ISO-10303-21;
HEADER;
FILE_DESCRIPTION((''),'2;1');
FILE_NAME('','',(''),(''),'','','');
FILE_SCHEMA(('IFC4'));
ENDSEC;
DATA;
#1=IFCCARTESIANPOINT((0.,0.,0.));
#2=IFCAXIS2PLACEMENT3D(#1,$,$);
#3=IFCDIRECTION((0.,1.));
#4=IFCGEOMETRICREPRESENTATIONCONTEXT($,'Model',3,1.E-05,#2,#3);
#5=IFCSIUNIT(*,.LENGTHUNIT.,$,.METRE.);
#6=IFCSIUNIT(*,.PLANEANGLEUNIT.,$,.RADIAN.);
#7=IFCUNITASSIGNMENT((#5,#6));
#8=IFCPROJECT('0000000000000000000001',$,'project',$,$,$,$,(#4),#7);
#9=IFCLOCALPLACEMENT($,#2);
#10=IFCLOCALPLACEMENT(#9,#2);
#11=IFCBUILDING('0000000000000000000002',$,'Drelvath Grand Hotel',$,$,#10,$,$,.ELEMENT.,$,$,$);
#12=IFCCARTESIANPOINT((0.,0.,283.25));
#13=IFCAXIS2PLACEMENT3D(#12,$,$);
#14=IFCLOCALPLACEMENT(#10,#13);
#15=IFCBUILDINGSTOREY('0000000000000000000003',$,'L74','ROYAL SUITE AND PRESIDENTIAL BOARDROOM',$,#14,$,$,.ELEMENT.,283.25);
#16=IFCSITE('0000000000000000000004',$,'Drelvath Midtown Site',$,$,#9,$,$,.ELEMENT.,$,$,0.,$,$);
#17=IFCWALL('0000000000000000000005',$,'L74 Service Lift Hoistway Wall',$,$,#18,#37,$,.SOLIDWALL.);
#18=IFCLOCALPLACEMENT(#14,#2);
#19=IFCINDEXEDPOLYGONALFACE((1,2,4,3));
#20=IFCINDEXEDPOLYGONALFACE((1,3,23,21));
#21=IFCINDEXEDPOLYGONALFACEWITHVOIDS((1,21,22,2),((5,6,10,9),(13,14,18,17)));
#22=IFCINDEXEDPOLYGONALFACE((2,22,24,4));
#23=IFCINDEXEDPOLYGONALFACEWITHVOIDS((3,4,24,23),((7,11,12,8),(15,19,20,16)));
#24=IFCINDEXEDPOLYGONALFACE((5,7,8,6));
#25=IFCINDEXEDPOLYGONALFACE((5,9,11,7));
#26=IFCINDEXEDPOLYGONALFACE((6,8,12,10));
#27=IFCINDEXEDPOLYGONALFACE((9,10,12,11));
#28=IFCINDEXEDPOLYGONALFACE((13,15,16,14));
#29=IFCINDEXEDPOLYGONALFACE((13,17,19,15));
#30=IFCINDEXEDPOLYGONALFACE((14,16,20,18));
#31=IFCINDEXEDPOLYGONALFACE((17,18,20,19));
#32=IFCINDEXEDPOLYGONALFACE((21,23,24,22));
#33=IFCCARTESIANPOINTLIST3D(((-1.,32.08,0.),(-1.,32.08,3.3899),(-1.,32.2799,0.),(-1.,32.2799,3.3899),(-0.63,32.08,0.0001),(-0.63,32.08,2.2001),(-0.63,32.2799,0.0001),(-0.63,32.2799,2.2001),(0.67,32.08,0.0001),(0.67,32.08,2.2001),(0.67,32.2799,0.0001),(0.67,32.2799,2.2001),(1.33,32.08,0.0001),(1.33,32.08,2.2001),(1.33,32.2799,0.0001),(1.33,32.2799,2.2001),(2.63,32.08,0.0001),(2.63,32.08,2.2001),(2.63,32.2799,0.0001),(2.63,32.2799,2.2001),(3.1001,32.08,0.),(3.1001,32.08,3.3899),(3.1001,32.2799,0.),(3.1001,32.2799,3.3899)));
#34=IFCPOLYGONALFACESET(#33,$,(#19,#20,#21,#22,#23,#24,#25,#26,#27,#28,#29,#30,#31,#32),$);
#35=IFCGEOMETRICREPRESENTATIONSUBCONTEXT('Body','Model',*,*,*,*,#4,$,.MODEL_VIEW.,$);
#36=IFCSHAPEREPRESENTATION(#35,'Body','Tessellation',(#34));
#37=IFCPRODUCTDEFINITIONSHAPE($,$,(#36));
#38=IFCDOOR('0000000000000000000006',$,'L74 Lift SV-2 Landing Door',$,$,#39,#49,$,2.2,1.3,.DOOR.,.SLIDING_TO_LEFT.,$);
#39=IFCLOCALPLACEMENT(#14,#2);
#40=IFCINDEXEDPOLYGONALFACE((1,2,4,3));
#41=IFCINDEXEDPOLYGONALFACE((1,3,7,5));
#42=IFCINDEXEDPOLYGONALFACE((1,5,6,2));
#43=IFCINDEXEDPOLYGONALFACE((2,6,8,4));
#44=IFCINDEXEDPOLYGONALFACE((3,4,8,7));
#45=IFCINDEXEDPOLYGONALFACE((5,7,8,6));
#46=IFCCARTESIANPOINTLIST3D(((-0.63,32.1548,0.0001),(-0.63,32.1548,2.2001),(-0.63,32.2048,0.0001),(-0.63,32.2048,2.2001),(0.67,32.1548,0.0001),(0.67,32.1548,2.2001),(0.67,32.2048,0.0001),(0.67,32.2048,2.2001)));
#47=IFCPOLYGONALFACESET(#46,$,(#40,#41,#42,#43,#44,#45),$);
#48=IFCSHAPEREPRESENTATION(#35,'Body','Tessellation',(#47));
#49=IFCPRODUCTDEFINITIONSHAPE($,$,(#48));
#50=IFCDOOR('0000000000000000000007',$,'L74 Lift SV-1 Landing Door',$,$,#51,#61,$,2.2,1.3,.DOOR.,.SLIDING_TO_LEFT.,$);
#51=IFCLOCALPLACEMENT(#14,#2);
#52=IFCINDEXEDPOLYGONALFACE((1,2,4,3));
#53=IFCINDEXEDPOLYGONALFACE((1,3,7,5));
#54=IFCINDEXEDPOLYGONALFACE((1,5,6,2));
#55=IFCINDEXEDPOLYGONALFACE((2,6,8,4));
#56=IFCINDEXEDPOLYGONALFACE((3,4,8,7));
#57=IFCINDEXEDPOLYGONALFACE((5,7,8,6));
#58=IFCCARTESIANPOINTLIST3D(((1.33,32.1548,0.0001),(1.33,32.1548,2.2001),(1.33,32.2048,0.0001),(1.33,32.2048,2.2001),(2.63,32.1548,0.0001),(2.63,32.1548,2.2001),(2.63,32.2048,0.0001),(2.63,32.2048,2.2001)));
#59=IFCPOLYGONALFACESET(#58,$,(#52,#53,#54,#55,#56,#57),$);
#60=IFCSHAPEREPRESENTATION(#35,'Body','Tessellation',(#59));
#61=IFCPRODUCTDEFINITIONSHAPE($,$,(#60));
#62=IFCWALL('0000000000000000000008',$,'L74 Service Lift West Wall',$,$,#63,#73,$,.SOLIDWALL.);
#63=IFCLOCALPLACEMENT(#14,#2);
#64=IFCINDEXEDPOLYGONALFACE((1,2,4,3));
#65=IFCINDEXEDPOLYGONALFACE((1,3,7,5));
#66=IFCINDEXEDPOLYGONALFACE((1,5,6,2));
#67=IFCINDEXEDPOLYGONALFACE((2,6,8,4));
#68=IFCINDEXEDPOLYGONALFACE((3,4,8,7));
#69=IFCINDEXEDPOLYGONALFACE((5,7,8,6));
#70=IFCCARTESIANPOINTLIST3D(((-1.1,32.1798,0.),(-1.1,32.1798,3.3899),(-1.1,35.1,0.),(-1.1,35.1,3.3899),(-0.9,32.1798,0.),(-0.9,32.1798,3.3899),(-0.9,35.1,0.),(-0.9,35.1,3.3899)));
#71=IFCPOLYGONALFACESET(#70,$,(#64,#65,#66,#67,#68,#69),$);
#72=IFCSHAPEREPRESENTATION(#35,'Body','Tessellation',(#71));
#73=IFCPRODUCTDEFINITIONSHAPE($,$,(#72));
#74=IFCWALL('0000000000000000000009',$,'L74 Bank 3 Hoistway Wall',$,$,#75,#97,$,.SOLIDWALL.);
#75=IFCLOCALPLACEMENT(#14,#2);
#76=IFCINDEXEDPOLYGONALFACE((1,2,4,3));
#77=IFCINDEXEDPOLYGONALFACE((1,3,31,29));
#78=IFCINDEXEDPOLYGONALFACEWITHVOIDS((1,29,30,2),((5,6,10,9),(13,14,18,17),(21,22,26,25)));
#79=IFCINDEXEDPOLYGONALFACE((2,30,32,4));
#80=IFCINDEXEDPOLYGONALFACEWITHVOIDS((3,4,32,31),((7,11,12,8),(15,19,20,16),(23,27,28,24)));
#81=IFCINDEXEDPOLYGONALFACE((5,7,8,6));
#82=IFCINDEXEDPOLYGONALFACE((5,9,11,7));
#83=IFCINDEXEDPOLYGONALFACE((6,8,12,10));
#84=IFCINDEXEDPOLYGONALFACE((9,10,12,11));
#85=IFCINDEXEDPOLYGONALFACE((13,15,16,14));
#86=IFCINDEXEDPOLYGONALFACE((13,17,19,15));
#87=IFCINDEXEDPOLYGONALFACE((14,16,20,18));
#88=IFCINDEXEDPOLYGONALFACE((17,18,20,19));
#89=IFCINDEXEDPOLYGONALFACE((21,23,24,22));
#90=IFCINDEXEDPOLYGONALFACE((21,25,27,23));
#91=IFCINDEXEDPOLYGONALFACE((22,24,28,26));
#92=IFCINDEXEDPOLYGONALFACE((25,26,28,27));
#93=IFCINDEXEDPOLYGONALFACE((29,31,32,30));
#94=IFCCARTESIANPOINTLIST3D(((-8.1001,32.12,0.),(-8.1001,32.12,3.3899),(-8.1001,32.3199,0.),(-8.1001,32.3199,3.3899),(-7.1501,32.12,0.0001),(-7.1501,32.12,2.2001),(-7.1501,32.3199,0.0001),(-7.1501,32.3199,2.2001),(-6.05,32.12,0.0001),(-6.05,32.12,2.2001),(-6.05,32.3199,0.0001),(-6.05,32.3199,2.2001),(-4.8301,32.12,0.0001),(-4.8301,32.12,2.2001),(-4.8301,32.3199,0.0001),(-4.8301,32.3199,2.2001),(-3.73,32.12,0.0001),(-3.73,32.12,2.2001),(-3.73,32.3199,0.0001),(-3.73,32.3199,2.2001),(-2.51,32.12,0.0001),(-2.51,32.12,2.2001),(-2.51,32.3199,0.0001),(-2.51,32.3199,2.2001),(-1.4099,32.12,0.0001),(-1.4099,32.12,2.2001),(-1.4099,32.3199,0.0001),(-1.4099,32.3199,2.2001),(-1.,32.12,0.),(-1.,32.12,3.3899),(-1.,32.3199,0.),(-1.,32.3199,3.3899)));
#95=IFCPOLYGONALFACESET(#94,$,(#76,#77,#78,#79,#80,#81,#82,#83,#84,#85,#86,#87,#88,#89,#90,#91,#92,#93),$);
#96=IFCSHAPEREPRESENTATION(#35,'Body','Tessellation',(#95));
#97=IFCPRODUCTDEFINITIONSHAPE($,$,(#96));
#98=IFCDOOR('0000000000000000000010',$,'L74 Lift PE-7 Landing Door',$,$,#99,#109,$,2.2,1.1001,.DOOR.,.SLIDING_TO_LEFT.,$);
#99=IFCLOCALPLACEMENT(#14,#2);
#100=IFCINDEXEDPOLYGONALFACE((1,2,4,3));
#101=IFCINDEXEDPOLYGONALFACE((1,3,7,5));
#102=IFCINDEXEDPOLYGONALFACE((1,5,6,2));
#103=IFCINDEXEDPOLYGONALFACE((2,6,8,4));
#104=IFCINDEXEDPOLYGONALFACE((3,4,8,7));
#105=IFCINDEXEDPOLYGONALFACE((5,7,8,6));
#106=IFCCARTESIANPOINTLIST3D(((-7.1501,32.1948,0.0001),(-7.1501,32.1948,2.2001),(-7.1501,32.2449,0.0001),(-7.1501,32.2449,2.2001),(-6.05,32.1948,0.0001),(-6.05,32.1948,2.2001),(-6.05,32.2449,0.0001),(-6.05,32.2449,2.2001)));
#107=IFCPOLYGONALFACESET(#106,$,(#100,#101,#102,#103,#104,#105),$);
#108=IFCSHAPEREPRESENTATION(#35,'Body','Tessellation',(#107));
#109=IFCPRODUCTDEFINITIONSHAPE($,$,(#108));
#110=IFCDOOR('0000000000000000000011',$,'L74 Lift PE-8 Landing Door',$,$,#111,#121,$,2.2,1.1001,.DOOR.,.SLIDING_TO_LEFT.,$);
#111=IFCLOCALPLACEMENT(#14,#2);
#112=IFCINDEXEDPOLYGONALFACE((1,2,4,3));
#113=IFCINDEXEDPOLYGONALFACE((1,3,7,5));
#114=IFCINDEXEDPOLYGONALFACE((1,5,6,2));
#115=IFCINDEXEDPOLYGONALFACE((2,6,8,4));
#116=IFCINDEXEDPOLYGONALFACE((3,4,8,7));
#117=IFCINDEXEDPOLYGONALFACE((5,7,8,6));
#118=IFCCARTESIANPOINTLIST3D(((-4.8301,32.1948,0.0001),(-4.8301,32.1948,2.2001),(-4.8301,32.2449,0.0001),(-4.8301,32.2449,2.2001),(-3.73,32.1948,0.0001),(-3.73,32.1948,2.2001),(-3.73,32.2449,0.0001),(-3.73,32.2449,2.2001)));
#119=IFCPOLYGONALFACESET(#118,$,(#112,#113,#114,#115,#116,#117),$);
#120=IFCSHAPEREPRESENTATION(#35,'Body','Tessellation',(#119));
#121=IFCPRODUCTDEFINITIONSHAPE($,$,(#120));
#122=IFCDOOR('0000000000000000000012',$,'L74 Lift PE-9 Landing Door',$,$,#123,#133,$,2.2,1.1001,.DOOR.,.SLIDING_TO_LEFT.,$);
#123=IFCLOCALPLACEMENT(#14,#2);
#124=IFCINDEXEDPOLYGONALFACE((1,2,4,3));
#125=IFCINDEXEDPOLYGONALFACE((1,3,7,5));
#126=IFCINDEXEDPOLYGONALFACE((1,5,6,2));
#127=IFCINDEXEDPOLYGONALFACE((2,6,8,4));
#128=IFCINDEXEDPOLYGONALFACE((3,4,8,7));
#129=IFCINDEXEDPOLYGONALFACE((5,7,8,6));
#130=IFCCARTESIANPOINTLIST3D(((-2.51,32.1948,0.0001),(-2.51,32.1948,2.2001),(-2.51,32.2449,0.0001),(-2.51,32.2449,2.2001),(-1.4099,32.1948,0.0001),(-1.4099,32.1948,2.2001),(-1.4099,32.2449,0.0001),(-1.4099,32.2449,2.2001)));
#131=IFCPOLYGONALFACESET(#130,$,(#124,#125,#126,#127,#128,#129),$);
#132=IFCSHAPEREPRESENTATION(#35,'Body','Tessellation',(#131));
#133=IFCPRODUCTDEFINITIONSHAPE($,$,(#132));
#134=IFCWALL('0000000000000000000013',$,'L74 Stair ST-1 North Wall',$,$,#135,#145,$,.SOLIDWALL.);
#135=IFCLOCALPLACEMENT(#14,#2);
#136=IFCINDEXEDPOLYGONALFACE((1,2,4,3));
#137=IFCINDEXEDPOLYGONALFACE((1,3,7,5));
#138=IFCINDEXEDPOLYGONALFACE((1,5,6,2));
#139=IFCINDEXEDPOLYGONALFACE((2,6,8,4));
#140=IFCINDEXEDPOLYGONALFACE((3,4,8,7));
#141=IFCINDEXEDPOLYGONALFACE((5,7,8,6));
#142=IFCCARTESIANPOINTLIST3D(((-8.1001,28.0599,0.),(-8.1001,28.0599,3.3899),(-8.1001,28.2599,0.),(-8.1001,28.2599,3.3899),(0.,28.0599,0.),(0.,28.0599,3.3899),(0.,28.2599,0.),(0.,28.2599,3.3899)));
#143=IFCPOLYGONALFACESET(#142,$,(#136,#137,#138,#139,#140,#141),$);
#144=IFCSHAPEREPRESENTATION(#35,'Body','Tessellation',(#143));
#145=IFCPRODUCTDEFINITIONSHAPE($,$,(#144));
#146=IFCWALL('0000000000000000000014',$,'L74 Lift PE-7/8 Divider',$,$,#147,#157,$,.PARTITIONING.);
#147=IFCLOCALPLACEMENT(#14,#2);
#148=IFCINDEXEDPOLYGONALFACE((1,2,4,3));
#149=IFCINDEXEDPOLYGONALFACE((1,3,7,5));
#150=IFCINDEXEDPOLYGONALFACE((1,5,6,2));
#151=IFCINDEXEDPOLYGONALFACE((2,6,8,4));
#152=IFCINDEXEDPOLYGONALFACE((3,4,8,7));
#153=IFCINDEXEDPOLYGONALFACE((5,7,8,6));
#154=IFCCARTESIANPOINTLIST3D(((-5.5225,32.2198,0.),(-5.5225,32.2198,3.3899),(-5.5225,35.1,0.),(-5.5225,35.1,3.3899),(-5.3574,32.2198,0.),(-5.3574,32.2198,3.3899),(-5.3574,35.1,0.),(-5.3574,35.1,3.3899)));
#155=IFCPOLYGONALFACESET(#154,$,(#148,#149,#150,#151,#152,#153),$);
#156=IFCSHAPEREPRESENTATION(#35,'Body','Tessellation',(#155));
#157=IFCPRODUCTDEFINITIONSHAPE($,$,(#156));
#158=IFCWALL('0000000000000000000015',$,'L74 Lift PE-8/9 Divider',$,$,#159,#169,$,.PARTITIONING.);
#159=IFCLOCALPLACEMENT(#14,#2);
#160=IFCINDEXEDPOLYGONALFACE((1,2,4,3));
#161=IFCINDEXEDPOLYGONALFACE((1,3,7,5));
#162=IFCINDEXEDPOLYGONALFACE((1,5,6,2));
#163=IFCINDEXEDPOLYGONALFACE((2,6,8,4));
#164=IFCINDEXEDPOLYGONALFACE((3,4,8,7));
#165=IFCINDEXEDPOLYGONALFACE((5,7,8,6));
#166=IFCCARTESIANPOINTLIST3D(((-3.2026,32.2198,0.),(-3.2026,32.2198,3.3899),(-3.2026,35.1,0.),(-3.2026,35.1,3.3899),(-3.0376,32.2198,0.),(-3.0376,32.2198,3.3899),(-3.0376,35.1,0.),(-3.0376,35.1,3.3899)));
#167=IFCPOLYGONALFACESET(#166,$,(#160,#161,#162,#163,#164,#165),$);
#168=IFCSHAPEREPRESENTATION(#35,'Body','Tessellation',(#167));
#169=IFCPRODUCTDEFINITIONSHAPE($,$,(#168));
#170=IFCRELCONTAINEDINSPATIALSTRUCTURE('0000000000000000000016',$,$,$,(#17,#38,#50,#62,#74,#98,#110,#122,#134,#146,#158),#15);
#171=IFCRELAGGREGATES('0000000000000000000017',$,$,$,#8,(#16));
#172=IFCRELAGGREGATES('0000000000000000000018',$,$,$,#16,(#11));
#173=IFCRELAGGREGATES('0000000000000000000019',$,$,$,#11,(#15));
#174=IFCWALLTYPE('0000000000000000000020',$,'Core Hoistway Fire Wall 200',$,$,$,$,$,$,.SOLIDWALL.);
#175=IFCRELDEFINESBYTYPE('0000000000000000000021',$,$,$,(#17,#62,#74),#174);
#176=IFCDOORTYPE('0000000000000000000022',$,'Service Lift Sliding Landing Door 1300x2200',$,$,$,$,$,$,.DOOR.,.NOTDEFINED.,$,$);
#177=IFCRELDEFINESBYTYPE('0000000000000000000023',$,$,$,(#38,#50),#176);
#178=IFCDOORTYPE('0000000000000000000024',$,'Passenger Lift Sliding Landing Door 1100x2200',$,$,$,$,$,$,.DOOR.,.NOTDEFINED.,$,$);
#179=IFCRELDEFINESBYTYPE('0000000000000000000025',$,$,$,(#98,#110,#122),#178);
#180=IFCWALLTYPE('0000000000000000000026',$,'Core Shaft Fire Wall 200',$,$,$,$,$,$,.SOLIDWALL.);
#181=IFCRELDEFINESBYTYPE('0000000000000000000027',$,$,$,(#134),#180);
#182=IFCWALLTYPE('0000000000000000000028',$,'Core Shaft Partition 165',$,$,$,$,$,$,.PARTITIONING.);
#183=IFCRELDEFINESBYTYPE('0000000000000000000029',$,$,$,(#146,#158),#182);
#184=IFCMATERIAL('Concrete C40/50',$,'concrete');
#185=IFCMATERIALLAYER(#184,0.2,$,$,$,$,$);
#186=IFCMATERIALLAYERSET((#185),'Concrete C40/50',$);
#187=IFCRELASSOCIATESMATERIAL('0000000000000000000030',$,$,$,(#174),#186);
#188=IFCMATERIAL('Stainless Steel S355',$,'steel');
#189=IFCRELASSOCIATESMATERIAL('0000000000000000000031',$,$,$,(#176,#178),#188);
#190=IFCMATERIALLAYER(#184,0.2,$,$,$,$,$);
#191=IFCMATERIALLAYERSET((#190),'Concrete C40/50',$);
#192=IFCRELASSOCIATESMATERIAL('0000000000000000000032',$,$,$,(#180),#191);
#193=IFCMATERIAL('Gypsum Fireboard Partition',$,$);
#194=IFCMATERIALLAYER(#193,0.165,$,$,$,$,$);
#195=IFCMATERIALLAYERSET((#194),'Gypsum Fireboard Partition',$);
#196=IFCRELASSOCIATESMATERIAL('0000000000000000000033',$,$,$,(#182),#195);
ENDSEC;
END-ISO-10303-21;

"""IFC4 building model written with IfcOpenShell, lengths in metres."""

from ifc_helpers import new_model, si_unit, direction, frame, frame_2d, origin, place, context, subcontext, project, spatial, rectangle, extrude, material, layer, layer_set, type_object, element, fill, save


model = new_model("IFC4")

# Units and contexts
model_context = context("Model", 3, precision=1e-05, world=origin(), true_north=direction((0.0, 1.0)))
body_context = subcontext(model_context, "Body", "Model", "MODEL_VIEW")
ifc_project = project(units=[si_unit("LENGTHUNIT", "METRE"), si_unit("PLANEANGLEUNIT", "RADIAN")], contexts=[model_context])

# Site, building, storey
site_placement = place(None, origin())
site = spatial("IfcSite", under=ifc_project, at=site_placement, Name="Drelvath Midtown Site", CompositionType="ELEMENT", RefElevation=0.0)
building_placement = place(site_placement, origin())
building = spatial("IfcBuilding", under=site, at=building_placement, Name="Drelvath Grand Hotel", CompositionType="ELEMENT")
storey_placement = place(building_placement, frame((0.0, 0.0, 283.25)))
storey = spatial("IfcBuildingStorey", under=building, at=storey_placement, Name="L74", Description="ROYAL SUITE AND PRESIDENTIAL BOARDROOM", CompositionType="ELEMENT", Elevation=283.25)

# Wall, openings, doors
ifc_material_1 = material(Name="Concrete C40/50", Category="concrete")
ifc_layer_1 = layer(ifc_material_1, 0.2)
ifc_layer_set_1 = layer_set([ifc_layer_1], Name="Concrete C40/50")
wall_type_1 = type_object("IfcWallType", Name="Core Hoistway Fire Wall 200", PredefinedType="SOLIDWALL", material=ifc_layer_set_1)
wall_1_placement = place(storey_placement, frame((-1.0, 32.1799, 0.0), z_axis=(0.0, 0.0, 1.0), x_axis=(1.0, 0.0, 0.0)))
wall_1 = element("IfcWall", 1, at=wall_1_placement, inside=storey, type_object=wall_type_1, Name="L74 Service Lift Hoistway Wall", PredefinedType="SOLIDWALL", context=body_context, shape_type="SweptSolid", body=[
    extrude(rectangle(XDim=4.1001, YDim=0.2, at=frame_2d((2.05, 0.0))), origin(), (0.0, 0.0, 1.0), 3.3899),
])
opening_1_placement = place(wall_1_placement, frame((0.3701, 0.0, 0.0)))
opening_1 = element("IfcOpeningElement", 2, at=opening_1_placement, cuts=wall_1, PredefinedType="OPENING", context=body_context, shape_type="SweptSolid", body=[
    extrude(rectangle(XDim=1.3, YDim=2.2, at=frame_2d((0.6499, 1.1001))), frame((0.0, 0.1099, 0.0), z_axis=(0.0, -1.0, 0.0), x_axis=(1.0, 0.0, 0.0)), (0.0, 0.0, 1.0), 0.22),
])
opening_2_placement = place(wall_1_placement, frame((2.3301, 0.0, 0.0)))
opening_2 = element("IfcOpeningElement", 3, at=opening_2_placement, cuts=wall_1, PredefinedType="OPENING", context=body_context, shape_type="SweptSolid", body=[
    extrude(rectangle(XDim=1.3, YDim=2.2, at=frame_2d((0.6499, 1.1001))), frame((0.0, 0.1099, 0.0), z_axis=(0.0, -1.0, 0.0), x_axis=(1.0, 0.0, 0.0)), (0.0, 0.0, 1.0), 0.22),
])
ifc_material_2 = material(Name="Stainless Steel S355", Category="steel")
door_type_1 = type_object("IfcDoorType", Name="Service Lift Sliding Landing Door 1300x2200", OperationType="NOTDEFINED", PredefinedType="DOOR", material=ifc_material_2)
door_1_placement = place(opening_1_placement, origin())
door_1 = element("IfcDoor", 4, at=door_1_placement, inside=storey, type_object=door_type_1, Name="L74 Lift SV-2 Landing Door", OperationType="SLIDING_TO_LEFT", OverallHeight=2.2, OverallWidth=1.3, PredefinedType="DOOR", context=body_context, shape_type="SweptSolid", body=[
    extrude(rectangle(XDim=1.3, YDim=2.2, at=frame_2d((0.6499, 1.1001))), frame((0.0, 0.0249, 0.0), z_axis=(0.0, -1.0, 0.0), x_axis=(1.0, 0.0, 0.0)), (0.0, 0.0, 1.0), 0.05),
])
fill(opening_1, door_1)
door_2_placement = place(opening_2_placement, origin())
door_2 = element("IfcDoor", 5, at=door_2_placement, inside=storey, type_object=door_type_1, Name="L74 Lift SV-1 Landing Door", OperationType="SLIDING_TO_LEFT", OverallHeight=2.2, OverallWidth=1.3, PredefinedType="DOOR", context=body_context, shape_type="SweptSolid", body=[
    extrude(rectangle(XDim=1.3, YDim=2.2, at=frame_2d((0.6499, 1.1001))), frame((0.0, 0.0249, 0.0), z_axis=(0.0, -1.0, 0.0), x_axis=(1.0, 0.0, 0.0)), (0.0, 0.0, 1.0), 0.05),
])
fill(opening_2, door_2)

# Wall
wall_2_placement = place(storey_placement, frame((-1.0, 32.1799, 0.0), z_axis=(0.0, 0.0, 1.0), x_axis=(0.0, 1.0, 0.0)))
element("IfcWall", 6, at=wall_2_placement, inside=storey, type_object=wall_type_1, Name="L74 Service Lift West Wall", PredefinedType="SOLIDWALL", context=body_context, shape_type="SweptSolid", body=[
    extrude(rectangle(XDim=2.9202, YDim=0.2, at=frame_2d((1.46, 0.0))), origin(), (0.0, 0.0, 1.0), 3.3899),
])

# Wall, openings, doors
wall_3_placement = place(storey_placement, frame((-8.1001, 32.22, 0.0), z_axis=(0.0, 0.0, 1.0), x_axis=(1.0, 0.0, 0.0)))
wall_3 = element("IfcWall", 7, at=wall_3_placement, inside=storey, type_object=wall_type_1, Name="L74 Bank 3 Hoistway Wall", PredefinedType="SOLIDWALL", context=body_context, shape_type="SweptSolid", body=[
    extrude(rectangle(XDim=7.1001, YDim=0.2, at=frame_2d((3.55, 0.0))), origin(), (0.0, 0.0, 1.0), 3.3899),
])
opening_3_placement = place(wall_3_placement, frame((0.95, 0.0, 0.0)))
opening_3 = element("IfcOpeningElement", 8, at=opening_3_placement, cuts=wall_3, PredefinedType="OPENING", context=body_context, shape_type="SweptSolid", body=[
    extrude(rectangle(XDim=1.1001, YDim=2.2, at=frame_2d((0.55, 1.1001))), frame((0.0, 0.1099, 0.0), z_axis=(0.0, -1.0, 0.0), x_axis=(1.0, 0.0, 0.0)), (0.0, 0.0, 1.0), 0.22),
])
opening_4_placement = place(wall_3_placement, frame((3.27, 0.0, 0.0)))
opening_4 = element("IfcOpeningElement", 9, at=opening_4_placement, cuts=wall_3, PredefinedType="OPENING", context=body_context, shape_type="SweptSolid", body=[
    extrude(rectangle(XDim=1.1001, YDim=2.2, at=frame_2d((0.55, 1.1001))), frame((0.0, 0.1099, 0.0), z_axis=(0.0, -1.0, 0.0), x_axis=(1.0, 0.0, 0.0)), (0.0, 0.0, 1.0), 0.22),
])
opening_5_placement = place(wall_3_placement, frame((5.5901, 0.0, 0.0)))
opening_5 = element("IfcOpeningElement", 10, at=opening_5_placement, cuts=wall_3, PredefinedType="OPENING", context=body_context, shape_type="SweptSolid", body=[
    extrude(rectangle(XDim=1.1001, YDim=2.2, at=frame_2d((0.55, 1.1001))), frame((0.0, 0.1099, 0.0), z_axis=(0.0, -1.0, 0.0), x_axis=(1.0, 0.0, 0.0)), (0.0, 0.0, 1.0), 0.22),
])
door_type_2 = type_object("IfcDoorType", Name="Passenger Lift Sliding Landing Door 1100x2200", OperationType="NOTDEFINED", PredefinedType="DOOR", material=ifc_material_2)
door_3_placement = place(opening_3_placement, origin())
door_3 = element("IfcDoor", 11, at=door_3_placement, inside=storey, type_object=door_type_2, Name="L74 Lift PE-7 Landing Door", OperationType="SLIDING_TO_LEFT", OverallHeight=2.2, OverallWidth=1.1001, PredefinedType="DOOR", context=body_context, shape_type="SweptSolid", body=[
    extrude(rectangle(XDim=1.1001, YDim=2.2, at=frame_2d((0.55, 1.1001))), frame((0.0, 0.0249, 0.0), z_axis=(0.0, -1.0, 0.0), x_axis=(1.0, 0.0, 0.0)), (0.0, 0.0, 1.0), 0.05),
])
fill(opening_3, door_3)
door_4_placement = place(opening_4_placement, origin())
door_4 = element("IfcDoor", 12, at=door_4_placement, inside=storey, type_object=door_type_2, Name="L74 Lift PE-8 Landing Door", OperationType="SLIDING_TO_LEFT", OverallHeight=2.2, OverallWidth=1.1001, PredefinedType="DOOR", context=body_context, shape_type="SweptSolid", body=[
    extrude(rectangle(XDim=1.1001, YDim=2.2, at=frame_2d((0.55, 1.1001))), frame((0.0, 0.0249, 0.0), z_axis=(0.0, -1.0, 0.0), x_axis=(1.0, 0.0, 0.0)), (0.0, 0.0, 1.0), 0.05),
])
fill(opening_4, door_4)
door_5_placement = place(opening_5_placement, origin())
door_5 = element("IfcDoor", 13, at=door_5_placement, inside=storey, type_object=door_type_2, Name="L74 Lift PE-9 Landing Door", OperationType="SLIDING_TO_LEFT", OverallHeight=2.2, OverallWidth=1.1001, PredefinedType="DOOR", context=body_context, shape_type="SweptSolid", body=[
    extrude(rectangle(XDim=1.1001, YDim=2.2, at=frame_2d((0.55, 1.1001))), frame((0.0, 0.0249, 0.0), z_axis=(0.0, -1.0, 0.0), x_axis=(1.0, 0.0, 0.0)), (0.0, 0.0, 1.0), 0.05),
])
fill(opening_5, door_5)

# Walls
ifc_layer_2 = layer(ifc_material_1, 0.2)
ifc_layer_set_2 = layer_set([ifc_layer_2], Name="Concrete C40/50")
wall_type_2 = type_object("IfcWallType", Name="Core Shaft Fire Wall 200", PredefinedType="SOLIDWALL", material=ifc_layer_set_2)
wall_4_placement = place(storey_placement, frame((-8.1001, 28.1599, 0.0), z_axis=(0.0, 0.0, 1.0), x_axis=(1.0, 0.0, 0.0)))
element("IfcWall", 14, at=wall_4_placement, inside=storey, type_object=wall_type_2, Name="L74 Stair ST-1 North Wall", PredefinedType="SOLIDWALL", context=body_context, shape_type="SweptSolid", body=[
    extrude(rectangle(XDim=8.1001, YDim=0.2, at=frame_2d((4.05, 0.0))), origin(), (0.0, 0.0, 1.0), 3.3899),
])
ifc_material_3 = material(Name="Gypsum Fireboard Partition")
ifc_layer_3 = layer(ifc_material_3, 0.165)
ifc_layer_set_3 = layer_set([ifc_layer_3], Name="Gypsum Fireboard Partition")
wall_type_3 = type_object("IfcWallType", Name="Core Shaft Partition 165", PredefinedType="PARTITIONING", material=ifc_layer_set_3)
for number, where, z_axis, x_axis, name in (
    (15, (-5.4399, 32.22, 0.0), (0.0, 0.0, 1.0), (0.0, 1.0, 0.0), "L74 Lift PE-7/8 Divider"),
    (16, (-3.1201, 32.22, 0.0), (0.0, 0.0, 1.0), (0.0, 1.0, 0.0), "L74 Lift PE-8/9 Divider"),
):
    element("IfcWall", number, at=place(storey_placement, frame(where, z_axis=z_axis, x_axis=x_axis)), inside=storey, type_object=wall_type_3, Name=name, PredefinedType="PARTITIONING", context=body_context, shape_type="SweptSolid", body=[
        extrude(rectangle(XDim=2.8801, YDim=0.165, at=frame_2d((1.4399, 0.0))), origin(), (0.0, 0.0, 1.0), 3.3899),
    ])

save(model, "model.ifc")
